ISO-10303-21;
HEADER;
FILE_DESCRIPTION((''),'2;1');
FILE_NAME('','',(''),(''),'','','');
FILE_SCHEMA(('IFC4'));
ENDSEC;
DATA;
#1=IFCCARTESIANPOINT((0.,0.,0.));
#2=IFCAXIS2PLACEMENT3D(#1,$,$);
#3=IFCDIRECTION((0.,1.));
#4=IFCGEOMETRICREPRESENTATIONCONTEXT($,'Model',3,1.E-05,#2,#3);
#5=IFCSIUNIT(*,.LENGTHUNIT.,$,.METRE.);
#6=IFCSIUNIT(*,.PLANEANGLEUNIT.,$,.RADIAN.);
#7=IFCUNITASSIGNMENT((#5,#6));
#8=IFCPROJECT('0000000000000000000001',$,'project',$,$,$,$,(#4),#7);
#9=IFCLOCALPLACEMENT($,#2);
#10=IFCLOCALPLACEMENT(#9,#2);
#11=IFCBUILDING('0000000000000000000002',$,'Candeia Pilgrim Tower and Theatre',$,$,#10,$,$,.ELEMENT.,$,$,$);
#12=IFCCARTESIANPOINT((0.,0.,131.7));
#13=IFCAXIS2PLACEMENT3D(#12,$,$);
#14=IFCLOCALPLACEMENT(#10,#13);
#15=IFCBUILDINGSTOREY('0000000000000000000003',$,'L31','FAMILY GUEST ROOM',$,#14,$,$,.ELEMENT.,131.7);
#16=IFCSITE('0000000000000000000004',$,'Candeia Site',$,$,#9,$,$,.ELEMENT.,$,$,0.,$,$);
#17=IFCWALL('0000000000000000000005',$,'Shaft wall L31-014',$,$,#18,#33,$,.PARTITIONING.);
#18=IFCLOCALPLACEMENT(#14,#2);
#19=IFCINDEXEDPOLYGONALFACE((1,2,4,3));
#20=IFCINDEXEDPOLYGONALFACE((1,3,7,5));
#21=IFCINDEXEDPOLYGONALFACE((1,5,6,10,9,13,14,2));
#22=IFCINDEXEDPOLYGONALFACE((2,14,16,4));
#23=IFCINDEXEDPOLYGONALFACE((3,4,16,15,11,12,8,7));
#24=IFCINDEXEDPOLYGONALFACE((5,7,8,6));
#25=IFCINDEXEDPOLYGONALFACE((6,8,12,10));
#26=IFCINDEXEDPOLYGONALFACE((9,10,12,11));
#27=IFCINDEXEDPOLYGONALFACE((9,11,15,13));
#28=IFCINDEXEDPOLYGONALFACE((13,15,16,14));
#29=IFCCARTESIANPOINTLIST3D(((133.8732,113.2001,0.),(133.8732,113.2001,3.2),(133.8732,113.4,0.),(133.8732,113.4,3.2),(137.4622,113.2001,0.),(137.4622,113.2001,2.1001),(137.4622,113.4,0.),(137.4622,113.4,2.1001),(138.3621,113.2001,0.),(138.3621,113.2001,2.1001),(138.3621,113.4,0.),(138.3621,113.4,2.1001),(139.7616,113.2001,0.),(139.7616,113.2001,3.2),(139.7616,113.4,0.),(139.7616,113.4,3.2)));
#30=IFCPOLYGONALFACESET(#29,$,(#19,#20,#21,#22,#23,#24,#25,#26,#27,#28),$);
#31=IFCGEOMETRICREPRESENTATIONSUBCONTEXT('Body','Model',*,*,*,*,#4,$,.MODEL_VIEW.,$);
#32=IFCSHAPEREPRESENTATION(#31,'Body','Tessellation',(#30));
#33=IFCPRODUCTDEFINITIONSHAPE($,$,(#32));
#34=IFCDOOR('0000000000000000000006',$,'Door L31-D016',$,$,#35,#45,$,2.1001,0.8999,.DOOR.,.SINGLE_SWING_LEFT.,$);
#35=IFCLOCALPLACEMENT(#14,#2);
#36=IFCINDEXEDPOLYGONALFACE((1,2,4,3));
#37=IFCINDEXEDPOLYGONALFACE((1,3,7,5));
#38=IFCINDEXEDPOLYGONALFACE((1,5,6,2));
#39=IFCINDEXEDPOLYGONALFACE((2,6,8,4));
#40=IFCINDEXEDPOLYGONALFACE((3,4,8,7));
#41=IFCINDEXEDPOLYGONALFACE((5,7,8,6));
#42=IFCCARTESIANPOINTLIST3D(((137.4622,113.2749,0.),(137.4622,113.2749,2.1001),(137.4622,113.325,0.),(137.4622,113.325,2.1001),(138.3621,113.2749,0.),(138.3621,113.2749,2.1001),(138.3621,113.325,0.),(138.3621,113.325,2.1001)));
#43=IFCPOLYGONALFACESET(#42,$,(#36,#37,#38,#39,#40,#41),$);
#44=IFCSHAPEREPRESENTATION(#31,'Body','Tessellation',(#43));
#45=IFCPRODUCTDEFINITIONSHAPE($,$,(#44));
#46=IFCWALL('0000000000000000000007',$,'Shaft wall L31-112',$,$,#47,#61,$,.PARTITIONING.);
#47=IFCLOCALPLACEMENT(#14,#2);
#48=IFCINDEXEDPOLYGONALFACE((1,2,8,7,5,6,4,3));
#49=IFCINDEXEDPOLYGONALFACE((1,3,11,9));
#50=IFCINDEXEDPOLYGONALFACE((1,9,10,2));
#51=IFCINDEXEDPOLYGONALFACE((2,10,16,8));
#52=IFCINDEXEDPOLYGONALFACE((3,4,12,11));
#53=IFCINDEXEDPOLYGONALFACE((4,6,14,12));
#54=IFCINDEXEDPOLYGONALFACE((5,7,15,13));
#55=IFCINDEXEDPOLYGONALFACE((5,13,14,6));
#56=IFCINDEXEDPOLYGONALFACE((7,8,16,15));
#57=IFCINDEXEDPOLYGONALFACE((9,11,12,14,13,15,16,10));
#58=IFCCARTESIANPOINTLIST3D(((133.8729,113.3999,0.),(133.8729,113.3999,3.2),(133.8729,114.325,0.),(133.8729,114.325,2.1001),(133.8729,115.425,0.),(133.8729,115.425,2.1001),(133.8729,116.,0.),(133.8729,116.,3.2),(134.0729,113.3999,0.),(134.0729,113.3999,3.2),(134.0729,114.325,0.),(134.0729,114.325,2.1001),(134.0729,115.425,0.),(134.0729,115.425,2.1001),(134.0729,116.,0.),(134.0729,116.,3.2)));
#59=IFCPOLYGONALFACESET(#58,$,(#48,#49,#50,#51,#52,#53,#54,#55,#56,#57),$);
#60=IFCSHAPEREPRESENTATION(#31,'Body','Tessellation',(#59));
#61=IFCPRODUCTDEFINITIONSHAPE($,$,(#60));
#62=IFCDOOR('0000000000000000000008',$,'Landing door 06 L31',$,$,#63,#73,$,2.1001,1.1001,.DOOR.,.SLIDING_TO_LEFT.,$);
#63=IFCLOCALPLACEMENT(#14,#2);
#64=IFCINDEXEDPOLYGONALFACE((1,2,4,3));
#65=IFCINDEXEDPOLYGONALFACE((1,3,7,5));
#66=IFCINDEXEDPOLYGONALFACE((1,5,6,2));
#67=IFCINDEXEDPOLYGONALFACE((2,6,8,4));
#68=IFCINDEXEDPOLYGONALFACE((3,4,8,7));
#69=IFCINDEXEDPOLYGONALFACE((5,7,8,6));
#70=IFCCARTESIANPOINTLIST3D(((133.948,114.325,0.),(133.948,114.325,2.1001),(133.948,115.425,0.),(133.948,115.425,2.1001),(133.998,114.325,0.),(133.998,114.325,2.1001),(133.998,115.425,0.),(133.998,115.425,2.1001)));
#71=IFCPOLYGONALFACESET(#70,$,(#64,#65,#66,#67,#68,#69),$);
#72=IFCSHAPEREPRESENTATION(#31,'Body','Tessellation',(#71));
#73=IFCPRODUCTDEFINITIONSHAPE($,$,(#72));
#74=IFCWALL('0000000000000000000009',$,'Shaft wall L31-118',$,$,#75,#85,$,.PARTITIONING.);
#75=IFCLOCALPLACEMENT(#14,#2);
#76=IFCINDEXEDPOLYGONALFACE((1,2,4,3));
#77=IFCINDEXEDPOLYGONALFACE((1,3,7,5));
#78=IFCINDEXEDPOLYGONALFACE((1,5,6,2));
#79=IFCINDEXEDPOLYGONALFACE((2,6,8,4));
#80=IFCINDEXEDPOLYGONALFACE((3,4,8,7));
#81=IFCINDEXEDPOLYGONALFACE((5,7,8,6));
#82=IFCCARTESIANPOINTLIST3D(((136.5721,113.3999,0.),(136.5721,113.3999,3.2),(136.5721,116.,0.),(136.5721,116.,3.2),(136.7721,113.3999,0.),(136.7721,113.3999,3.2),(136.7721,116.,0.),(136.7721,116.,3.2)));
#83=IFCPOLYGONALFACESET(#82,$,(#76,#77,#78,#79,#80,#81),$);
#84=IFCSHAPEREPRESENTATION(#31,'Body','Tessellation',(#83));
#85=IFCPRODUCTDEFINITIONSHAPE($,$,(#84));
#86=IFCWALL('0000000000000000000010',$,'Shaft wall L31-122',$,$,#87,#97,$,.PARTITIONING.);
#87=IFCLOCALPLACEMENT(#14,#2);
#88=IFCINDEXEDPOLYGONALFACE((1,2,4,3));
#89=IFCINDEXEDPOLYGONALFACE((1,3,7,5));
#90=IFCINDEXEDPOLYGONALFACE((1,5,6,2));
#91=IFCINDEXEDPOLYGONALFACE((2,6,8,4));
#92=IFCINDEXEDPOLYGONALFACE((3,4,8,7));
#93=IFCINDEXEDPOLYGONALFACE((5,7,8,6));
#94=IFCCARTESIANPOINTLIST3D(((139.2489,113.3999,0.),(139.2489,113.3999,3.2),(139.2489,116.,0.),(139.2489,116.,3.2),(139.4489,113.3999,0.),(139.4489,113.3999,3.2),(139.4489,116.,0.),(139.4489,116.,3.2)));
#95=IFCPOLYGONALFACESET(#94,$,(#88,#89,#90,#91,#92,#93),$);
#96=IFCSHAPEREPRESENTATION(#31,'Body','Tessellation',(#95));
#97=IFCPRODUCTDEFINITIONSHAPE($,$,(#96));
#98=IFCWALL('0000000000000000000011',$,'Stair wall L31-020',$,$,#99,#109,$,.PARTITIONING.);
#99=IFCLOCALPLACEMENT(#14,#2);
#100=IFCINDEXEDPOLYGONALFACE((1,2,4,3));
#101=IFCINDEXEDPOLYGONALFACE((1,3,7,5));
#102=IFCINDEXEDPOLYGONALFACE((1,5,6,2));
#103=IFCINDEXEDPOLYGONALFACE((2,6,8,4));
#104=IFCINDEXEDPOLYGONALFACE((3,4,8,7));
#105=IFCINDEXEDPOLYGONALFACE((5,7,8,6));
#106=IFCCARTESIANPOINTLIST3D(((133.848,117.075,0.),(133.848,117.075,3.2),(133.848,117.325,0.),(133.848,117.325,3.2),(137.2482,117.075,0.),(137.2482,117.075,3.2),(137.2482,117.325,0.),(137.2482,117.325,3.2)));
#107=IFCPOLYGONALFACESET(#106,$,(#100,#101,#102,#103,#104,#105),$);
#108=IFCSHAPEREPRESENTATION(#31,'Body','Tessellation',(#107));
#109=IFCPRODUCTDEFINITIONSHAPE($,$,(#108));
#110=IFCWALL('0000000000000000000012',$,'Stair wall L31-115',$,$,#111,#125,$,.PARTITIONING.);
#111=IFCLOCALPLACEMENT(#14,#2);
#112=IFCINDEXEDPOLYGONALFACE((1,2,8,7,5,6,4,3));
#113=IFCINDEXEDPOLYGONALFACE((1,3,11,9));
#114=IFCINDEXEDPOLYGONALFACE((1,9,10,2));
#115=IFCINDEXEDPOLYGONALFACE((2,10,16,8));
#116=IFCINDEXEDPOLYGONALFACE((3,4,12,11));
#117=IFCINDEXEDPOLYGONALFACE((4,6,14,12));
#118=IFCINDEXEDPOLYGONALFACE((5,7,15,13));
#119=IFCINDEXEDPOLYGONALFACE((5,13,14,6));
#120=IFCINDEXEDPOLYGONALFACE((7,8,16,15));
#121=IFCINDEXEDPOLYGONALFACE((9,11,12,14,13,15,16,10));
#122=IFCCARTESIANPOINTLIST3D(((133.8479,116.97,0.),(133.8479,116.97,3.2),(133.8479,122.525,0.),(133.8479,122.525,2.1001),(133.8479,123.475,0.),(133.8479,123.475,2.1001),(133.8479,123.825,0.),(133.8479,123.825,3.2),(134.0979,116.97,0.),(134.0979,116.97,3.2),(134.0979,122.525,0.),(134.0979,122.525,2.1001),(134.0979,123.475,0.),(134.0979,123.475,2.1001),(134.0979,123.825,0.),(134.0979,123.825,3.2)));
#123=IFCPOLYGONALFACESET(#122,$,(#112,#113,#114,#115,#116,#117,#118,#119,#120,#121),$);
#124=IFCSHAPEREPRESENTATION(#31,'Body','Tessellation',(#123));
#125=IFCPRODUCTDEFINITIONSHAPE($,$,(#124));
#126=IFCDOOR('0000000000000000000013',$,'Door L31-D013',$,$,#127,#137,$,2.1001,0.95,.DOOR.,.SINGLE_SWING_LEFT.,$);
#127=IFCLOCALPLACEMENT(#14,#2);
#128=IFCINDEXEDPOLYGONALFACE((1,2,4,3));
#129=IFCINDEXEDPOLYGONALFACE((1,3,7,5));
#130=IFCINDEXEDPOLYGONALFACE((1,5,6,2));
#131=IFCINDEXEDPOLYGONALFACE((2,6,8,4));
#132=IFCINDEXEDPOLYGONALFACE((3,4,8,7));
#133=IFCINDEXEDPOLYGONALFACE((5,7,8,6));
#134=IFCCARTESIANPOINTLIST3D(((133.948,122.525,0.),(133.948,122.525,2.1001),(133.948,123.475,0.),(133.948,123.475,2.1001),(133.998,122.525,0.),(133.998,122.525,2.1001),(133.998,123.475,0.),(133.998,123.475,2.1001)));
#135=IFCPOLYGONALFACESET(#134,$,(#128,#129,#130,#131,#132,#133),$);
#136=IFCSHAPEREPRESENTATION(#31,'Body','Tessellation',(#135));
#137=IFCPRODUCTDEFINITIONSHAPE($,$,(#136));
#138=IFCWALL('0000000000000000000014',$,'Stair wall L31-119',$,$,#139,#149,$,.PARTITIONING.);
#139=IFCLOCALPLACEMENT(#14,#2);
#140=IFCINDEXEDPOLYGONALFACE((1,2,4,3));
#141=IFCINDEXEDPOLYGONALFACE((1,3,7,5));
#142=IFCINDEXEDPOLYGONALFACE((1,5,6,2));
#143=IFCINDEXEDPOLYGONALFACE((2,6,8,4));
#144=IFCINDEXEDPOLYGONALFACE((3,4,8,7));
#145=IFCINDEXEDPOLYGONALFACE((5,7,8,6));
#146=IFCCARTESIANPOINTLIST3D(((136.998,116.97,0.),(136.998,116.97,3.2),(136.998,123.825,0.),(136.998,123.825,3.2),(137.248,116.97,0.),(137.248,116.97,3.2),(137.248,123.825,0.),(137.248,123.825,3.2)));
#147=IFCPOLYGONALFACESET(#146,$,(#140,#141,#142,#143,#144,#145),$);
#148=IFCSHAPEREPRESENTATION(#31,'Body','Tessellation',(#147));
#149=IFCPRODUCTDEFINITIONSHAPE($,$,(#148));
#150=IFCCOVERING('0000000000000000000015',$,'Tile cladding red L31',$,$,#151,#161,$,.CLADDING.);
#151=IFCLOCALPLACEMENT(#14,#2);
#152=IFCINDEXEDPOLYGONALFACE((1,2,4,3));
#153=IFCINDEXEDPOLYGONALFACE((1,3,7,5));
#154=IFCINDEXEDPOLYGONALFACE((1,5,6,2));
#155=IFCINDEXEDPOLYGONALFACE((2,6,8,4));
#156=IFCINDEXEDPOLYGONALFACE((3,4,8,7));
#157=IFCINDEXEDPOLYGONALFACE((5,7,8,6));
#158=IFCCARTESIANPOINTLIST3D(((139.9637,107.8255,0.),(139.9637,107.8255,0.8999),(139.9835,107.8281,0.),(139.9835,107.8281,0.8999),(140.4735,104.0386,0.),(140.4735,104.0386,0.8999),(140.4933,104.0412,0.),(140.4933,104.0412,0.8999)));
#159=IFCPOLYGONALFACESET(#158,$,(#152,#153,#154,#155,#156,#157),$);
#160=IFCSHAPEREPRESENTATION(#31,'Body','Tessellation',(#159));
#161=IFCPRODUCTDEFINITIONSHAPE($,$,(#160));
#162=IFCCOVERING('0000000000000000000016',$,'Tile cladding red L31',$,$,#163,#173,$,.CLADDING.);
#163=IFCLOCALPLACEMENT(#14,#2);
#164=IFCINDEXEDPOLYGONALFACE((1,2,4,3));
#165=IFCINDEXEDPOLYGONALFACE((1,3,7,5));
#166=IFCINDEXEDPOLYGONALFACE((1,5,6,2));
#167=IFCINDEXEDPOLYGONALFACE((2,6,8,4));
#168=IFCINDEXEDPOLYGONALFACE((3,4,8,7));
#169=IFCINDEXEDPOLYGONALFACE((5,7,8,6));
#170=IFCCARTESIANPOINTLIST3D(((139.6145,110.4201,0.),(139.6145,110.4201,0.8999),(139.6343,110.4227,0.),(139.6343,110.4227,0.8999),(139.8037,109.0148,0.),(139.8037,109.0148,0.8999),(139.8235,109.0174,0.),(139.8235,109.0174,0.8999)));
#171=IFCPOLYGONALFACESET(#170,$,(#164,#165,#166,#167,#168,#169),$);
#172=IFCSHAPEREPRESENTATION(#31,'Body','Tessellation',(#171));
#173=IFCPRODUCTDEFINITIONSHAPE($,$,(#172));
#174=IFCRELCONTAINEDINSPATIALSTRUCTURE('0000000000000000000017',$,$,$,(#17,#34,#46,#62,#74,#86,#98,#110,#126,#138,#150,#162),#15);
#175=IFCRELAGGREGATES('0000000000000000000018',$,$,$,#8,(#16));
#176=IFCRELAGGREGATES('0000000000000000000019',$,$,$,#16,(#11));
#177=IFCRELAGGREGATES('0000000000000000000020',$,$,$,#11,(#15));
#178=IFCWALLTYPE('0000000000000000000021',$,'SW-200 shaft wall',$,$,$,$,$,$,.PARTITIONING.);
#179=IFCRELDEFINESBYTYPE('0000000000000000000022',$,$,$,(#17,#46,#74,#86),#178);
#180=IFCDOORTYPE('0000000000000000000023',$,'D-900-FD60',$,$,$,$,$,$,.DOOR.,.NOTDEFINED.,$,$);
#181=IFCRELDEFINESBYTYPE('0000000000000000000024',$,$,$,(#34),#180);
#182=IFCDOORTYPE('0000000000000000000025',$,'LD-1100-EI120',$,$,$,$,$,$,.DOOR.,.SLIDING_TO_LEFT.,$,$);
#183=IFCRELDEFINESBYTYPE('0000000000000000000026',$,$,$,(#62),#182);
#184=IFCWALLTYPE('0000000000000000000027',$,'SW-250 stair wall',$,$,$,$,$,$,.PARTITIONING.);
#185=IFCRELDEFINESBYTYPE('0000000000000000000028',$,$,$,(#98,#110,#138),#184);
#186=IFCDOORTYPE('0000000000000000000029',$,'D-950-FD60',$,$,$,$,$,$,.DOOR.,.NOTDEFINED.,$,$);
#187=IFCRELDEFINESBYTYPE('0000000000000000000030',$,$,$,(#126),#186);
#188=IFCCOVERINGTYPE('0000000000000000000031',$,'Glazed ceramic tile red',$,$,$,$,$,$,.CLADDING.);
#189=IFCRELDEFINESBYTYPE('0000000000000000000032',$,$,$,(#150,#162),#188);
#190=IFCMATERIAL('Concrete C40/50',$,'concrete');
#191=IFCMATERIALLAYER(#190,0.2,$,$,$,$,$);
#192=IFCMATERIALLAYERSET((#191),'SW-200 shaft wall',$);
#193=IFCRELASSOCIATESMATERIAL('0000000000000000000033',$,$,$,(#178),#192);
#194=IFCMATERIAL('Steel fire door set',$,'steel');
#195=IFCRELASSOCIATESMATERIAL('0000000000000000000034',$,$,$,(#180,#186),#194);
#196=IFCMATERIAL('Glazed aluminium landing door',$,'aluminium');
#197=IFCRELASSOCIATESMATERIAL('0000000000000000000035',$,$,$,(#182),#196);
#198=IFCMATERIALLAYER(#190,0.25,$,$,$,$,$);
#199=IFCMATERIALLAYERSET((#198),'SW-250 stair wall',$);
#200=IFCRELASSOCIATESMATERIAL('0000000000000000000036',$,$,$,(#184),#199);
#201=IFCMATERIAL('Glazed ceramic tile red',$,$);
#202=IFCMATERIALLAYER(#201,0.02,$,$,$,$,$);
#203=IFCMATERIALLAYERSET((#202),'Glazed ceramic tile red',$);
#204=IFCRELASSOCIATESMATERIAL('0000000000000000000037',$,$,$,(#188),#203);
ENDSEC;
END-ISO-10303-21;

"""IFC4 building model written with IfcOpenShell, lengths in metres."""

from ifc_helpers import new_model, si_unit, direction, frame, frame_2d, origin, origin_2d, place, context, subcontext, project, spatial, rectangle, extrude, material, layer, layer_set, type_object, element, fill, save


model = new_model("IFC4")

# Units and contexts
model_context = context("Model", 3, precision=1e-05, world=origin(), true_north=direction((0.0, 1.0)))
body_context = subcontext(model_context, "Body", "Model", "MODEL_VIEW")
ifc_project = project(units=[si_unit("LENGTHUNIT", "METRE"), si_unit("PLANEANGLEUNIT", "RADIAN")], contexts=[model_context])

# Site, building, storey
site_placement = place(None, origin())
site = spatial("IfcSite", under=ifc_project, at=site_placement, Name="Candeia Site", CompositionType="ELEMENT", RefElevation=0.0)
building_placement = place(site_placement, origin())
building = spatial("IfcBuilding", under=site, at=building_placement, Name="Candeia Pilgrim Tower and Theatre", CompositionType="ELEMENT")
storey_placement = place(building_placement, frame((0.0, 0.0, 131.7)))
storey = spatial("IfcBuildingStorey", under=building, at=storey_placement, Name="L31", Description="FAMILY GUEST ROOM", CompositionType="ELEMENT", Elevation=131.7)

# Shared definitions
ifc_material_1 = material(Name="Steel fire door set", Category="steel")

# Walls, openings, doors
ifc_material_2 = material(Name="Concrete C40/50", Category="concrete")
ifc_layer_1 = layer(ifc_material_2, 0.2)
ifc_layer_set_1 = layer_set([ifc_layer_1], Name="SW-200 shaft wall")
wall_type_1 = type_object("IfcWallType", Name="SW-200 shaft wall", PredefinedType="PARTITIONING", material=ifc_layer_set_1)
wall_1_placement = place(storey_placement, frame((133.873, 113.3, 0.0), z_axis=(0.0, 0.0, 1.0), x_axis=(1.0, 0.0, 0.0)))
wall_1 = element("IfcWall", 1, at=wall_1_placement, inside=storey, type_object=wall_type_1, Name="Shaft wall L31-014", PredefinedType="PARTITIONING", context=body_context, shape_type="SweptSolid", body=[
    extrude(rectangle(XDim=5.8884, YDim=0.2, at=frame_2d((2.9443, 0.0))), origin(), (0.0, 0.0, 1.0), 3.2),
])
opening_1_placement = place(wall_1_placement, frame((3.5891, 0.0, 0.0)))
opening_1 = element("IfcOpeningElement", 2, at=opening_1_placement, cuts=wall_1, PredefinedType="OPENING", context=body_context, shape_type="SweptSolid", body=[
    extrude(rectangle(XDim=0.8999, YDim=2.1001, at=frame_2d((0.45, 1.05))), frame((0.0, 0.1099, 0.0), z_axis=(0.0, -1.0, 0.0), x_axis=(1.0, 0.0, 0.0)), (0.0, 0.0, 1.0), 0.22),
])
door_type_1 = type_object("IfcDoorType", Name="D-900-FD60", OperationType="NOTDEFINED", PredefinedType="DOOR", material=ifc_material_1)
door_1_placement = place(opening_1_placement, origin())
door_1 = element("IfcDoor", 3, at=door_1_placement, inside=storey, type_object=door_type_1, Name="Door L31-D016", OperationType="SINGLE_SWING_LEFT", OverallHeight=2.1001, OverallWidth=0.8999, PredefinedType="DOOR", context=body_context, shape_type="SweptSolid", body=[
    extrude(rectangle(XDim=0.8999, YDim=2.1001, at=frame_2d((0.45, 1.05))), frame((0.0, 0.0249, 0.0), z_axis=(0.0, -1.0, 0.0), x_axis=(1.0, 0.0, 0.0)), (0.0, 0.0, 1.0), 0.05),
])
fill(opening_1, door_1)
wall_2_placement = place(storey_placement, frame((133.9729, 113.3999, 0.0), z_axis=(0.0, 0.0, 1.0), x_axis=(0.0, 1.0, 0.0)))
wall_2 = element("IfcWall", 4, at=wall_2_placement, inside=storey, type_object=wall_type_1, Name="Shaft wall L31-112", PredefinedType="PARTITIONING", context=body_context, shape_type="SweptSolid", body=[
    extrude(rectangle(XDim=2.6001, YDim=0.2, at=frame_2d((1.3, 0.0))), origin(), (0.0, 0.0, 1.0), 3.2),
])
opening_2_placement = place(wall_2_placement, frame((0.925, 0.0, 0.0)))
opening_2 = element("IfcOpeningElement", 5, at=opening_2_placement, cuts=wall_2, PredefinedType="OPENING", context=body_context, shape_type="SweptSolid", body=[
    extrude(rectangle(XDim=1.1001, YDim=2.1001, at=frame_2d((0.55, 1.05))), frame((0.0, 0.1099, 0.0), z_axis=(0.0, -1.0, 0.0), x_axis=(1.0, 0.0, 0.0)), (0.0, 0.0, 1.0), 0.22),
])
ifc_material_3 = material(Name="Glazed aluminium landing door", Category="aluminium")
door_type_2 = type_object("IfcDoorType", Name="LD-1100-EI120", OperationType="SLIDING_TO_LEFT", PredefinedType="DOOR", material=ifc_material_3)
door_2_placement = place(opening_2_placement, origin())
door_2 = element("IfcDoor", 6, at=door_2_placement, inside=storey, type_object=door_type_2, Name="Landing door 06 L31", OperationType="SLIDING_TO_LEFT", OverallHeight=2.1001, OverallWidth=1.1001, PredefinedType="DOOR", context=body_context, shape_type="SweptSolid", body=[
    extrude(rectangle(XDim=1.1001, YDim=2.1001, at=frame_2d((0.55, 1.05))), frame((0.0, 0.0249, 0.0), z_axis=(0.0, -1.0, 0.0), x_axis=(1.0, 0.0, 0.0)), (0.0, 0.0, 1.0), 0.05),
])
fill(opening_2, door_2)

# Walls
for number, where, z_axis, x_axis, name in (
    (7, (136.6721, 113.3999, 0.0), (0.0, 0.0, 1.0), (0.0, 1.0, 0.0), "Shaft wall L31-118"),
    (8, (139.3489, 113.3999, 0.0), (0.0, 0.0, 1.0), (0.0, 1.0, 0.0), "Shaft wall L31-122"),
):
    element("IfcWall", number, at=place(storey_placement, frame(where, z_axis=z_axis, x_axis=x_axis)), inside=storey, type_object=wall_type_1, Name=name, PredefinedType="PARTITIONING", context=body_context, shape_type="SweptSolid", body=[
        extrude(rectangle(XDim=2.6001, YDim=0.2, at=frame_2d((1.3, 0.0))), origin(), (0.0, 0.0, 1.0), 3.2),
    ])
ifc_layer_2 = layer(ifc_material_2, 0.25)
ifc_layer_set_2 = layer_set([ifc_layer_2], Name="SW-250 stair wall")
wall_type_2 = type_object("IfcWallType", Name="SW-250 stair wall", PredefinedType="PARTITIONING", material=ifc_layer_set_2)
wall_3_placement = place(storey_placement, frame((133.8479, 117.2, 0.0), z_axis=(0.0, 0.0, 1.0), x_axis=(1.0, 0.0, 0.0)))
element("IfcWall", 9, at=wall_3_placement, inside=storey, type_object=wall_type_2, Name="Stair wall L31-020", PredefinedType="PARTITIONING", context=body_context, shape_type="SweptSolid", body=[
    extrude(rectangle(XDim=3.4001, YDim=0.25, at=frame_2d((1.7002, 0.0))), origin(), (0.0, 0.0, 1.0), 3.2),
])

# Wall, opening, door
wall_4_placement = place(storey_placement, frame((133.9729, 116.97, 0.0), z_axis=(0.0, 0.0, 1.0), x_axis=(0.0, 1.0, 0.0)))
wall_4 = element("IfcWall", 10, at=wall_4_placement, inside=storey, type_object=wall_type_2, Name="Stair wall L31-115", PredefinedType="PARTITIONING", context=body_context, shape_type="SweptSolid", body=[
    extrude(rectangle(XDim=6.855, YDim=0.25, at=frame_2d((3.4275, 0.0))), origin(), (0.0, 0.0, 1.0), 3.2),
])
opening_3_placement = place(wall_4_placement, frame((5.5549, 0.0, 0.0)))
opening_3 = element("IfcOpeningElement", 11, at=opening_3_placement, cuts=wall_4, PredefinedType="OPENING", context=body_context, shape_type="SweptSolid", body=[
    extrude(rectangle(XDim=0.95, YDim=2.1001, at=frame_2d((0.4751, 1.05))), frame((0.0, 0.135, 0.0), z_axis=(0.0, -1.0, 0.0), x_axis=(1.0, 0.0, 0.0)), (0.0, 0.0, 1.0), 0.27),
])
door_type_3 = type_object("IfcDoorType", Name="D-950-FD60", OperationType="NOTDEFINED", PredefinedType="DOOR", material=ifc_material_1)
door_3_placement = place(opening_3_placement, origin())
door_3 = element("IfcDoor", 12, at=door_3_placement, inside=storey, type_object=door_type_3, Name="Door L31-D013", OperationType="SINGLE_SWING_LEFT", OverallHeight=2.1001, OverallWidth=0.95, PredefinedType="DOOR", context=body_context, shape_type="SweptSolid", body=[
    extrude(rectangle(XDim=0.95, YDim=2.1001, at=frame_2d((0.4751, 1.05))), frame((0.0, 0.0249, 0.0), z_axis=(0.0, -1.0, 0.0), x_axis=(1.0, 0.0, 0.0)), (0.0, 0.0, 1.0), 0.05),
])
fill(opening_3, door_3)

# Wall
wall_5_placement = place(storey_placement, frame((137.123, 116.97, 0.0), z_axis=(0.0, 0.0, 1.0), x_axis=(0.0, 1.0, 0.0)))
element("IfcWall", 13, at=wall_5_placement, inside=storey, type_object=wall_type_2, Name="Stair wall L31-119", PredefinedType="PARTITIONING", context=body_context, shape_type="SweptSolid", body=[
    extrude(rectangle(XDim=6.855, YDim=0.25, at=frame_2d((3.4275, 0.0))), origin(), (0.0, 0.0, 1.0), 3.2),
])

# Coverings
ifc_material_4 = material(Name="Glazed ceramic tile red")
ifc_layer_3 = layer(ifc_material_4, 0.02)
ifc_layer_set_3 = layer_set([ifc_layer_3], Name="Glazed ceramic tile red")
covering_type = type_object("IfcCoveringType", Name="Glazed ceramic tile red", PredefinedType="CLADDING", material=ifc_layer_set_3)
covering_1_placement = place(storey_placement, frame((140.2285, 105.9333, 0.0), z_axis=(0.0, 0.0, 1.0), x_axis=(-0.133412, 0.991061, 0.0)))
element("IfcCovering", 14, at=covering_1_placement, inside=storey, type_object=covering_type, Name="Tile cladding red L31", PredefinedType="CLADDING", context=body_context, shape_type="SweptSolid", body=[
    extrude(rectangle(XDim=3.821, YDim=0.02, at=origin_2d()), origin(), (0.0, 0.0, 1.0), 0.8999),
])
covering_2_placement = place(storey_placement, frame((139.719, 109.7188, 0.0), z_axis=(0.0, 0.0, 1.0), x_axis=(-0.133412, 0.991061, 0.0)))
element("IfcCovering", 15, at=covering_2_placement, inside=storey, type_object=covering_type, Name="Tile cladding red L31", PredefinedType="CLADDING", context=body_context, shape_type="SweptSolid", body=[
    extrude(rectangle(XDim=1.418, YDim=0.02, at=origin_2d()), origin(), (0.0, 0.0, 1.0), 0.8999),
])

save(model, "model.ifc")
